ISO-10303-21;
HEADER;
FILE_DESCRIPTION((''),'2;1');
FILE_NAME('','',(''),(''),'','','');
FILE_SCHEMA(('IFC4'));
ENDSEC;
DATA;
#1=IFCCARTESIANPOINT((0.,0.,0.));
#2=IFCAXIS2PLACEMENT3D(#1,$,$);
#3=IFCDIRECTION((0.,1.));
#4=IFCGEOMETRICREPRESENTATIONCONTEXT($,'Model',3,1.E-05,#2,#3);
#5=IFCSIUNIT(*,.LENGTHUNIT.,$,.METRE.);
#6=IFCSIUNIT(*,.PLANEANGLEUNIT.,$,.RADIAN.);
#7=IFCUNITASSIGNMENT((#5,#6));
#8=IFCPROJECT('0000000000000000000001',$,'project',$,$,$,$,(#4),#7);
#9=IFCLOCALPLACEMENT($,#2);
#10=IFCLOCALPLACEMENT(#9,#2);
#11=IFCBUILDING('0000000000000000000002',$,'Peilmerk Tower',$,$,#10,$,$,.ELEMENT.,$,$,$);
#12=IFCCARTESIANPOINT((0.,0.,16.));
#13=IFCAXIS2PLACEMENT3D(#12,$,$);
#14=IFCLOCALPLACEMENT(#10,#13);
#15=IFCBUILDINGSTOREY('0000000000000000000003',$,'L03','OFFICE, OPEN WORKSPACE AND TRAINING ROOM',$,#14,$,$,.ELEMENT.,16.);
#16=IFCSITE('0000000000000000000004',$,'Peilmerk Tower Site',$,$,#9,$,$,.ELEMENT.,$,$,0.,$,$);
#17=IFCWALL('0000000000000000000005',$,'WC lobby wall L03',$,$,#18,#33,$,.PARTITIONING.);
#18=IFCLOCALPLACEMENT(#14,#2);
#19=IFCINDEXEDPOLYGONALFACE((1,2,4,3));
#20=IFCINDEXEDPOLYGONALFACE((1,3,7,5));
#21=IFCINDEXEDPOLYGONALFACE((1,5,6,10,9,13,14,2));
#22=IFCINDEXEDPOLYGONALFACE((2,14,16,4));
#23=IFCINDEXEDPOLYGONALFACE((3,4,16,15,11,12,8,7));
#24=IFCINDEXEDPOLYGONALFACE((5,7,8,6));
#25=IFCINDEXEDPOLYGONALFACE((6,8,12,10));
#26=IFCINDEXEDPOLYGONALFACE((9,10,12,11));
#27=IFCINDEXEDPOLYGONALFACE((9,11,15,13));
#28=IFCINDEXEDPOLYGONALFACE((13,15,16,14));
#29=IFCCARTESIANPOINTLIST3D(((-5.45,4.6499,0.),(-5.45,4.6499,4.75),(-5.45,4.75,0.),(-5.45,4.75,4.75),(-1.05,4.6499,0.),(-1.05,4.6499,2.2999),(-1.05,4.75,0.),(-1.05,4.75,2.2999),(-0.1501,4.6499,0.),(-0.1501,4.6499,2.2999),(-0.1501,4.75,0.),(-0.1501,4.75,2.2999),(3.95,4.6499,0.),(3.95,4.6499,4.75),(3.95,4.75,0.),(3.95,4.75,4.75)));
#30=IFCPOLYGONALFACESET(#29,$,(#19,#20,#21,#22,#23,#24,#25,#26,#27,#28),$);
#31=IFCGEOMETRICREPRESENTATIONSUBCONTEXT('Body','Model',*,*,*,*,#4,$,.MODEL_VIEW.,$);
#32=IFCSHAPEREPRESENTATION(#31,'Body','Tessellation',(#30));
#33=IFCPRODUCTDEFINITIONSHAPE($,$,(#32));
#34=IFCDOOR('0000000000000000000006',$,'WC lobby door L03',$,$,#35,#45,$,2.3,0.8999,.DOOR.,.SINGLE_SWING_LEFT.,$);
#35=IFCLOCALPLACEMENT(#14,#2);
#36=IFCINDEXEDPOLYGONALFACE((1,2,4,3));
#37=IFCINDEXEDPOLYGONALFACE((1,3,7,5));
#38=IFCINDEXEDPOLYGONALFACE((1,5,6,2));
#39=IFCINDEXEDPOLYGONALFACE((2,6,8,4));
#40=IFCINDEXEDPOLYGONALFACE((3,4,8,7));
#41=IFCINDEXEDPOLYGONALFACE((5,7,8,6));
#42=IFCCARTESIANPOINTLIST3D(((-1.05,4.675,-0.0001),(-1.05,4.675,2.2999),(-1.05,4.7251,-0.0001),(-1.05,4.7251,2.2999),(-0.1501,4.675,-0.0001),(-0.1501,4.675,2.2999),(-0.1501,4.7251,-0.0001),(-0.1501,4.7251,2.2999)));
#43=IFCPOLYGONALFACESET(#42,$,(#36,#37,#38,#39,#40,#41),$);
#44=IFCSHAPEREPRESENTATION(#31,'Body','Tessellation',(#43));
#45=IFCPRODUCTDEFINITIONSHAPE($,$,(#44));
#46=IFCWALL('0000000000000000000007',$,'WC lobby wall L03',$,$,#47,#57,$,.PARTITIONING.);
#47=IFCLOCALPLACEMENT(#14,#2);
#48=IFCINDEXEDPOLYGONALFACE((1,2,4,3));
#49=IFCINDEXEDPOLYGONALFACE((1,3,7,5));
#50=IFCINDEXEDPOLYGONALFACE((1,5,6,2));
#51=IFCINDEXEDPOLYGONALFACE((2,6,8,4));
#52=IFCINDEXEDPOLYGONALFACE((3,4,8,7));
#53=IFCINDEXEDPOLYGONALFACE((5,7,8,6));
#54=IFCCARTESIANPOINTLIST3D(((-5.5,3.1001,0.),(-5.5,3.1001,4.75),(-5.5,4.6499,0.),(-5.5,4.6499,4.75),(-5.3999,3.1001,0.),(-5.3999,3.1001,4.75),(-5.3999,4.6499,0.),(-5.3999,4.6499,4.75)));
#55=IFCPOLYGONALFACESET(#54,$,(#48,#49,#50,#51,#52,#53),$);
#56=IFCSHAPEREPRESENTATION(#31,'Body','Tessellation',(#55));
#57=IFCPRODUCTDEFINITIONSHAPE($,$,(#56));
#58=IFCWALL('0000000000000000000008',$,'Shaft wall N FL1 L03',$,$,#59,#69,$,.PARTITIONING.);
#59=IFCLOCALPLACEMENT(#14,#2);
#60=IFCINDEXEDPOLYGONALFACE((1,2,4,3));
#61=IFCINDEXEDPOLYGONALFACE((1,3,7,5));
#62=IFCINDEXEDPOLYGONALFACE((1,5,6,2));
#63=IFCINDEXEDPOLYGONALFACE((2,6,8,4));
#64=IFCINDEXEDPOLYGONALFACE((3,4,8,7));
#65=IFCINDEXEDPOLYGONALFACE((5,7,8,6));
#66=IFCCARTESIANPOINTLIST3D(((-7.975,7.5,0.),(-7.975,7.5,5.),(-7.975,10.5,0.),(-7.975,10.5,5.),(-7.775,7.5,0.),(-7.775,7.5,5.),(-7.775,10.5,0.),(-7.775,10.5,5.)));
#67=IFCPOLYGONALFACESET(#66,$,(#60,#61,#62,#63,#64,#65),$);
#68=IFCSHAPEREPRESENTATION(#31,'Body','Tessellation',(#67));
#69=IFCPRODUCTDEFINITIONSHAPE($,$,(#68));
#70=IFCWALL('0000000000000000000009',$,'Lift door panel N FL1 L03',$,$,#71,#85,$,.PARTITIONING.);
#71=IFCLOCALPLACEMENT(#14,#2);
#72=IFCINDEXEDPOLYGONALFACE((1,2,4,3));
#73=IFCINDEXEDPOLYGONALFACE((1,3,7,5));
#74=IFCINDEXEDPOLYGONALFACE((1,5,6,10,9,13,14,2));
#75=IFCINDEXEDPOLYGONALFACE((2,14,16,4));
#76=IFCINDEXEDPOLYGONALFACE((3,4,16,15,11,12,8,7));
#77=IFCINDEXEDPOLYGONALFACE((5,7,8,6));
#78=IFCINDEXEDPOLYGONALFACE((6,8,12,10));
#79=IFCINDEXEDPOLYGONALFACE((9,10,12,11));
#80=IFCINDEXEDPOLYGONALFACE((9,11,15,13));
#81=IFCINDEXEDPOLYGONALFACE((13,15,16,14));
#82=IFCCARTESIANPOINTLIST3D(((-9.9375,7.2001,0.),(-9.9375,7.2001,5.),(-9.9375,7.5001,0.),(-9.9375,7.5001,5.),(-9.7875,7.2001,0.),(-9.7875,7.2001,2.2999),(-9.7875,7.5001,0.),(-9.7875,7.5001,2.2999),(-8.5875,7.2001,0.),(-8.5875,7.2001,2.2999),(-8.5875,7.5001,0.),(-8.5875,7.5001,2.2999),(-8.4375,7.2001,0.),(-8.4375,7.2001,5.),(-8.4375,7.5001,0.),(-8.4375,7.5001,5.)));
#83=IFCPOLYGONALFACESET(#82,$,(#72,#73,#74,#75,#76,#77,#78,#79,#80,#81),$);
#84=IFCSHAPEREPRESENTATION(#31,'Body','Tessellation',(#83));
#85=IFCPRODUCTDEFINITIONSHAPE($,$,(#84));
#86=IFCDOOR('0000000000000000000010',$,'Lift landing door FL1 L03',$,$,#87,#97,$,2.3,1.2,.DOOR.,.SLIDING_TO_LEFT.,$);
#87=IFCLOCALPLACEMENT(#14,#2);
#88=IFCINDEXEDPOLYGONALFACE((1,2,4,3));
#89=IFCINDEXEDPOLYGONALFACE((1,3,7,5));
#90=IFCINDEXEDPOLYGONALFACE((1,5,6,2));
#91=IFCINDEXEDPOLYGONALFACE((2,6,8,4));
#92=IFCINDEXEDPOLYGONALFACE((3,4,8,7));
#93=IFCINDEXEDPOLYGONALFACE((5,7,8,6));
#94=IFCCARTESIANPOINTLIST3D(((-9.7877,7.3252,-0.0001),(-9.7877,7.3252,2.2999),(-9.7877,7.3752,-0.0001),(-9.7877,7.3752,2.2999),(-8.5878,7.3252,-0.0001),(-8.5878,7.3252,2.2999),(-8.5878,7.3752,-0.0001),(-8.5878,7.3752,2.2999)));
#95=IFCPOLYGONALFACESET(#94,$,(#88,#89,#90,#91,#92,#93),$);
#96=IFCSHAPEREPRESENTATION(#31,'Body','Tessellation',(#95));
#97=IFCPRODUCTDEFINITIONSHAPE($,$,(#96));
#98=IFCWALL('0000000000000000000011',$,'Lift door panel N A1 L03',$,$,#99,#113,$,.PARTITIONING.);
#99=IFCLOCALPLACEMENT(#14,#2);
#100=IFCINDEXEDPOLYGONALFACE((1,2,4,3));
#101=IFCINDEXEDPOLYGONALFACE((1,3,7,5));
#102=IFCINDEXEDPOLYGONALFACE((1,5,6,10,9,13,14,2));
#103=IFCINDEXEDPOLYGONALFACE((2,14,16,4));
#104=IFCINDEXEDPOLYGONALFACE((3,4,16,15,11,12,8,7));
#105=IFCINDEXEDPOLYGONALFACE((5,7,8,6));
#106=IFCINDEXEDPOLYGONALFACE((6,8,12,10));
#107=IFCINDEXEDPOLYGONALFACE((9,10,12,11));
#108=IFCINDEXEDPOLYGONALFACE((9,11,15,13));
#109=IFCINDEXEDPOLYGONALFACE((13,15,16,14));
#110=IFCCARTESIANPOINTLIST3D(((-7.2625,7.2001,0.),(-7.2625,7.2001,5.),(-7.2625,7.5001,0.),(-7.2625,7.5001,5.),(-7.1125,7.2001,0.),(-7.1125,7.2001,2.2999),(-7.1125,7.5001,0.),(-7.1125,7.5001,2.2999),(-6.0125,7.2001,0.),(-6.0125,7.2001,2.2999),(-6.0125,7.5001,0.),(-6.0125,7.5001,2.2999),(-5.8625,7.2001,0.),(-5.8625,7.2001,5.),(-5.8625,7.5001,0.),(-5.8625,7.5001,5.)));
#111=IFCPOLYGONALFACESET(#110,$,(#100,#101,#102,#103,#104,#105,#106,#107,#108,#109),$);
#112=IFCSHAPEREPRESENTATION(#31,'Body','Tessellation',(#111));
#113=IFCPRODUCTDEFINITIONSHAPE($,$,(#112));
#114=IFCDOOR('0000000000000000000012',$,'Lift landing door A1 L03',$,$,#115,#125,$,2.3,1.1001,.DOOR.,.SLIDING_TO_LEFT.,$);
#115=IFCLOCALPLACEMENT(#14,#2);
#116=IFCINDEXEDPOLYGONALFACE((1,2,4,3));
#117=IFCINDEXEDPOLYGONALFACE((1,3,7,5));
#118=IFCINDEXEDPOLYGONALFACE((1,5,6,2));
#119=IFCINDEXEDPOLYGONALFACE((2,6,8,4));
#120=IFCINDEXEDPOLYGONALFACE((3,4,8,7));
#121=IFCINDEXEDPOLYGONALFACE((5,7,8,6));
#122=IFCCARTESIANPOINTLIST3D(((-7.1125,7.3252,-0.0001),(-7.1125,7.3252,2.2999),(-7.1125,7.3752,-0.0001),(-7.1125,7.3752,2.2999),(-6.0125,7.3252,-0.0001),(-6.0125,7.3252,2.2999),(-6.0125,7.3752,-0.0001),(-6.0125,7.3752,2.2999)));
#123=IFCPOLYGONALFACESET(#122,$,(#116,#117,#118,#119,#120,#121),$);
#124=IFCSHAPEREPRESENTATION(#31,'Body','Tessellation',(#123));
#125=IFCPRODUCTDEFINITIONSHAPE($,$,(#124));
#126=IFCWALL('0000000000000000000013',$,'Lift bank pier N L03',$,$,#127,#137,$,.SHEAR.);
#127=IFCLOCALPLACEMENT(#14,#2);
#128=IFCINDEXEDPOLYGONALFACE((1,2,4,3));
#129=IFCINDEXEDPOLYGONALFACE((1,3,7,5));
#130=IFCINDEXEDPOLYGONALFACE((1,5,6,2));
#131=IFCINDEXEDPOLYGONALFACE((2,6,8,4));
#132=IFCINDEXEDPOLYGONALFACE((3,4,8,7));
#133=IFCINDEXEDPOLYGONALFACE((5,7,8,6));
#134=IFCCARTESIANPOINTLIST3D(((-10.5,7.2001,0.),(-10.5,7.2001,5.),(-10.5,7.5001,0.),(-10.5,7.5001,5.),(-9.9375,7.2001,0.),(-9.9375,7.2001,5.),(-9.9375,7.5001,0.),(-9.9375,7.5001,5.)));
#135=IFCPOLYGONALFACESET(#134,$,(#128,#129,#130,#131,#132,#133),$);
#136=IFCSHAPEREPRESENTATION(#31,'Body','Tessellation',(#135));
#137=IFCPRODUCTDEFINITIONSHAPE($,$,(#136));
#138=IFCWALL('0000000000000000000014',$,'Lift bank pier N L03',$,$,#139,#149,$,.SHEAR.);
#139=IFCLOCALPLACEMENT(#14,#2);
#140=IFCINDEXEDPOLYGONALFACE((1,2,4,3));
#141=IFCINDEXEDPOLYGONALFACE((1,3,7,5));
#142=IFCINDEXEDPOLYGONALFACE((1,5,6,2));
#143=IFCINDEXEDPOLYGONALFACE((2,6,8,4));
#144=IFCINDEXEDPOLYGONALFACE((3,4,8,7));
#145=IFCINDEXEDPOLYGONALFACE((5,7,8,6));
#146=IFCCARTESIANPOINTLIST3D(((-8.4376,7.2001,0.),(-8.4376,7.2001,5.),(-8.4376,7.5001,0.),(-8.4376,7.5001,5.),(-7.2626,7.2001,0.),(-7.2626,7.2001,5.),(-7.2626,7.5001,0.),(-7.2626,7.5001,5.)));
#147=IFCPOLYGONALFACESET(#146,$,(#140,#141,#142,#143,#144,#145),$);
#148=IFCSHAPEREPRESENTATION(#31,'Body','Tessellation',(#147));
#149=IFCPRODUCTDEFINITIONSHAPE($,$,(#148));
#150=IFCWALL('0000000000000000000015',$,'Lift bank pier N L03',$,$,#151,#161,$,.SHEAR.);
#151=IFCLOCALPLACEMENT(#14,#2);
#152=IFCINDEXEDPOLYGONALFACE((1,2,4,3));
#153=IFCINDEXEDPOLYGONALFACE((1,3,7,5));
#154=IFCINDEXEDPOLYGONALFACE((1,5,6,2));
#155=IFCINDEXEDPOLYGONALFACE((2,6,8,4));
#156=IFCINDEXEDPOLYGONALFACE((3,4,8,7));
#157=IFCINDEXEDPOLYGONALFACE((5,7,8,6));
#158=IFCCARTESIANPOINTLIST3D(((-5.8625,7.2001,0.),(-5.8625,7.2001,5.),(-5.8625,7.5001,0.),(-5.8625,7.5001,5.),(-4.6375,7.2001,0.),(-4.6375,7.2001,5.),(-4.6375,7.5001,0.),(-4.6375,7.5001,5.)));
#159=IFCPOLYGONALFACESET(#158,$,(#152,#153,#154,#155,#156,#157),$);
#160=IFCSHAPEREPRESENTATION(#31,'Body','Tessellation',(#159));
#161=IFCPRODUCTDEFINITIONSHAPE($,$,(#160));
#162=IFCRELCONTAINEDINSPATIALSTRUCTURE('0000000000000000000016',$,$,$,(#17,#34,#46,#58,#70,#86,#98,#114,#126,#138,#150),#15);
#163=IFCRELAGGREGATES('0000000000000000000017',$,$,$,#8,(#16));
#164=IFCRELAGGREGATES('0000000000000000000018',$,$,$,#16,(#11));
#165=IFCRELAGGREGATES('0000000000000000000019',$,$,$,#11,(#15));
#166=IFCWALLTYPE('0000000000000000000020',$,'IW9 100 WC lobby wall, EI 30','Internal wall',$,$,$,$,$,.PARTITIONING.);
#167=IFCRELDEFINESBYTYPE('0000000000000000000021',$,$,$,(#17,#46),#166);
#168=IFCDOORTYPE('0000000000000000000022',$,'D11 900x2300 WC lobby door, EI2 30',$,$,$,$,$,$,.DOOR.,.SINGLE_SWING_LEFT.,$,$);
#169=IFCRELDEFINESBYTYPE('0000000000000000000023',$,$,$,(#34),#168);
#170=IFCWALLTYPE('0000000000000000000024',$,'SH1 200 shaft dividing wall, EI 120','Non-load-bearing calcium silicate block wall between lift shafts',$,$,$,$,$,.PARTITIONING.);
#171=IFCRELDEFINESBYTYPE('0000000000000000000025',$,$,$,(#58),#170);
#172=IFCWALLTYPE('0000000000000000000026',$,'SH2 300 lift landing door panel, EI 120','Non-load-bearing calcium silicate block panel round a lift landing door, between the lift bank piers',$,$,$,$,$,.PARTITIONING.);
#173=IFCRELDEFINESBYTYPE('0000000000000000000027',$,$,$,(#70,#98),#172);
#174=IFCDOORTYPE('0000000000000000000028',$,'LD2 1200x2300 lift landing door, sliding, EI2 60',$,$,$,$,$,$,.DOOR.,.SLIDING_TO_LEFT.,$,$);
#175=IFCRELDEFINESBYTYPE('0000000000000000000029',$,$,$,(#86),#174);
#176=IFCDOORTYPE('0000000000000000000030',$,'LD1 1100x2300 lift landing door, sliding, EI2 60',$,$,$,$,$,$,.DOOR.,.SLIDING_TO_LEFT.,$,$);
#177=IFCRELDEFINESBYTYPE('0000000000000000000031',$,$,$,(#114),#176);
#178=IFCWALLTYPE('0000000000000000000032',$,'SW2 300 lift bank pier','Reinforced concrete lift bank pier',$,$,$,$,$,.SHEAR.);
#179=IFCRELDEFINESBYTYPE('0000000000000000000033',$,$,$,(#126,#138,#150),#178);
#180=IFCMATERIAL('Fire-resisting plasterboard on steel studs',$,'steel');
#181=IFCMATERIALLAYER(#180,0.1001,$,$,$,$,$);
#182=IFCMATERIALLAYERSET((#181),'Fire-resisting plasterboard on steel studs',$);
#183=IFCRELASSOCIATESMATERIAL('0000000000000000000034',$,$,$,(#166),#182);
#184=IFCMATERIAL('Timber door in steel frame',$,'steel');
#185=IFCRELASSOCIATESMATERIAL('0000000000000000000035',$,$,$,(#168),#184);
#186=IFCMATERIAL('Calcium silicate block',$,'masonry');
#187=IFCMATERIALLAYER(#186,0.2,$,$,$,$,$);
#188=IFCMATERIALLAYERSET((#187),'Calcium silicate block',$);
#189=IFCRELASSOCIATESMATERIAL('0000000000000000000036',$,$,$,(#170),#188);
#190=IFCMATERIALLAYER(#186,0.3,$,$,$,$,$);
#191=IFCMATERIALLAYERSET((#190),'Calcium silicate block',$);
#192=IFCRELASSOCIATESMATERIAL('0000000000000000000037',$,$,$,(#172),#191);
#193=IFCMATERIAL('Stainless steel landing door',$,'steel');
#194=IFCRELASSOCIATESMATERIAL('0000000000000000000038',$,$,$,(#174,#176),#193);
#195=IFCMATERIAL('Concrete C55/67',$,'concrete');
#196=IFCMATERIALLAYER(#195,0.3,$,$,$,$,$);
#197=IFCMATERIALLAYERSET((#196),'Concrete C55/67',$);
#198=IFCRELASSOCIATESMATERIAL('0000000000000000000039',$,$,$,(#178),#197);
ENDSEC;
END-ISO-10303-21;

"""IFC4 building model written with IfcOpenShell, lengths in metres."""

from ifc_helpers import new_model, si_unit, direction, frame, frame_2d, origin, place, context, subcontext, project, spatial, rectangle, extrude, material, layer, layer_set, type_object, element, fill, save


model = new_model("IFC4")

# Units and contexts
model_context = context("Model", 3, precision=1e-05, world=origin(), true_north=direction((0.0, 1.0)))
body_context = subcontext(model_context, "Body", "Model", "MODEL_VIEW")
ifc_project = project(units=[si_unit("LENGTHUNIT", "METRE"), si_unit("PLANEANGLEUNIT", "RADIAN")], contexts=[model_context])

# Site, building, storey
site_placement = place(None, origin())
site = spatial("IfcSite", under=ifc_project, at=site_placement, Name="Peilmerk Tower Site", CompositionType="ELEMENT", RefElevation=0.0)
building_placement = place(site_placement, origin())
building = spatial("IfcBuilding", under=site, at=building_placement, Name="Peilmerk Tower", CompositionType="ELEMENT")
storey_placement = place(building_placement, frame((0.0, 0.0, 16.0)))
storey = spatial("IfcBuildingStorey", under=building, at=storey_placement, Name="L03", Description="OFFICE, OPEN WORKSPACE AND TRAINING ROOM", CompositionType="ELEMENT", Elevation=16.0)

# Shared definitions
ifc_material_1 = material(Name="Timber door in steel frame", Category="steel")

# Shared definitions
ifc_material_2 = material(Name="Calcium silicate block", Category="masonry")

# Wall, opening, door
ifc_material_3 = material(Name="Fire-resisting plasterboard on steel studs", Category="steel")
ifc_layer_1 = layer(ifc_material_3, 0.1001)
ifc_layer_set_1 = layer_set([ifc_layer_1], Name="Fire-resisting plasterboard on steel studs")
wall_type_1 = type_object("IfcWallType", Name="IW9 100 WC lobby wall, EI 30", Description="Internal wall", PredefinedType="PARTITIONING", material=ifc_layer_set_1)
wall_1_placement = place(storey_placement, frame((-5.45, 4.7, 0.0), z_axis=(0.0, 0.0, 1.0), x_axis=(1.0, 0.0, 0.0)))
wall_1 = element("IfcWall", 1, at=wall_1_placement, inside=storey, type_object=wall_type_1, Name="WC lobby wall L03", PredefinedType="PARTITIONING", context=body_context, shape_type="SweptSolid", body=[
    extrude(rectangle(XDim=9.3999, YDim=0.1001, at=frame_2d((4.7, 0.0))), origin(), (0.0, 0.0, 1.0), 4.75),
])
opening_1_placement = place(wall_1_placement, frame((4.3999, 0.0, 0.0)))
opening_1 = element("IfcOpeningElement", 2, at=opening_1_placement, cuts=wall_1, PredefinedType="OPENING", context=body_context, shape_type="SweptSolid", body=[
    extrude(rectangle(XDim=0.8999, YDim=2.3, at=frame_2d((0.45, 1.1499))), frame((0.0, 0.0601, 0.0), z_axis=(0.0, -1.0, 0.0), x_axis=(1.0, 0.0, 0.0)), (0.0, 0.0, 1.0), 0.1201),
])
door_type_1 = type_object("IfcDoorType", Name="D11 900x2300 WC lobby door, EI2 30", OperationType="SINGLE_SWING_LEFT", PredefinedType="DOOR", material=ifc_material_1)
door_1_placement = place(opening_1_placement, frame((0.8999, 0.0, 0.0), z_axis=(0.0, 0.0, 1.0), x_axis=(-1.0, 0.0, 0.0)))
door_1 = element("IfcDoor", 3, at=door_1_placement, inside=storey, type_object=door_type_1, Name="WC lobby door L03", OperationType="SINGLE_SWING_LEFT", OverallHeight=2.3, OverallWidth=0.8999, PredefinedType="DOOR", context=body_context, shape_type="SweptSolid", body=[
    extrude(rectangle(XDim=0.8999, YDim=2.3, at=frame_2d((0.45, 1.1499))), frame((0.0, 0.0249, 0.0), z_axis=(0.0, -1.0, 0.0), x_axis=(1.0, 0.0, 0.0)), (0.0, 0.0, 1.0), 0.05),
])
fill(opening_1, door_1)

# Walls
wall_2_placement = place(storey_placement, frame((-5.45, 3.1001, 0.0), z_axis=(0.0, 0.0, 1.0), x_axis=(0.0, 1.0, 0.0)))
element("IfcWall", 4, at=wall_2_placement, inside=storey, type_object=wall_type_1, Name="WC lobby wall L03", PredefinedType="PARTITIONING", context=body_context, shape_type="SweptSolid", body=[
    extrude(rectangle(XDim=1.5498, YDim=0.1001, at=frame_2d((0.7749, 0.0))), origin(), (0.0, 0.0, 1.0), 4.75),
])
ifc_layer_2 = layer(ifc_material_2, 0.2)
ifc_layer_set_2 = layer_set([ifc_layer_2], Name="Calcium silicate block")
wall_type_2 = type_object("IfcWallType", Name="SH1 200 shaft dividing wall, EI 120", Description="Non-load-bearing calcium silicate block wall between lift shafts", PredefinedType="PARTITIONING", material=ifc_layer_set_2)
wall_3_placement = place(storey_placement, frame((-7.875, 7.5, 0.0), z_axis=(0.0, 0.0, 1.0), x_axis=(0.0, 1.0, 0.0)))
element("IfcWall", 5, at=wall_3_placement, inside=storey, type_object=wall_type_2, Name="Shaft wall N FL1 L03", PredefinedType="PARTITIONING", context=body_context, shape_type="SweptSolid", body=[
    extrude(rectangle(XDim=3.0, YDim=0.2, at=frame_2d((1.5, 0.0))), origin(), (0.0, 0.0, 1.0), 5.0),
])

# Walls, openings, doors
ifc_layer_3 = layer(ifc_material_2, 0.3)
ifc_layer_set_3 = layer_set([ifc_layer_3], Name="Calcium silicate block")
wall_type_3 = type_object("IfcWallType", Name="SH2 300 lift landing door panel, EI 120", Description="Non-load-bearing calcium silicate block panel round a lift landing door, between the lift bank piers", PredefinedType="PARTITIONING", material=ifc_layer_set_3)
wall_4_placement = place(storey_placement, frame((-9.9375, 7.3501, 0.0), z_axis=(0.0, 0.0, 1.0), x_axis=(1.0, 0.0, 0.0)))
wall_4 = element("IfcWall", 6, at=wall_4_placement, inside=storey, type_object=wall_type_3, Name="Lift door panel N FL1 L03", PredefinedType="PARTITIONING", context=body_context, shape_type="SweptSolid", body=[
    extrude(rectangle(XDim=1.5, YDim=0.3, at=frame_2d((0.75, 0.0))), origin(), (0.0, 0.0, 1.0), 5.0),
])
opening_2_placement = place(wall_4_placement, frame((0.1499, 0.0, 0.0)))
opening_2 = element("IfcOpeningElement", 7, at=opening_2_placement, cuts=wall_4, PredefinedType="OPENING", context=body_context, shape_type="SweptSolid", body=[
    extrude(rectangle(XDim=1.2, YDim=2.3, at=frame_2d((0.6001, 1.1499))), frame((0.0, 0.1599, 0.0), z_axis=(0.0, -1.0, 0.0), x_axis=(1.0, 0.0, 0.0)), (0.0, 0.0, 1.0), 0.3201),
])
ifc_material_4 = material(Name="Stainless steel landing door", Category="steel")
door_type_2 = type_object("IfcDoorType", Name="LD2 1200x2300 lift landing door, sliding, EI2 60", OperationType="SLIDING_TO_LEFT", PredefinedType="DOOR", material=ifc_material_4)
door_2_placement = place(opening_2_placement, frame((1.2, 0.0, 0.0), z_axis=(0.0, 0.0, 1.0), x_axis=(-1.0, 0.0, 0.0)))
door_2 = element("IfcDoor", 8, at=door_2_placement, inside=storey, type_object=door_type_2, Name="Lift landing door FL1 L03", OperationType="SLIDING_TO_LEFT", OverallHeight=2.3, OverallWidth=1.2, PredefinedType="DOOR", context=body_context, shape_type="SweptSolid", body=[
    extrude(rectangle(XDim=1.2, YDim=2.3, at=frame_2d((0.6001, 1.1499))), frame((0.0, 0.0249, 0.0), z_axis=(0.0, -1.0, 0.0), x_axis=(1.0, 0.0, 0.0)), (0.0, 0.0, 1.0), 0.05),
])
fill(opening_2, door_2)
wall_5_placement = place(storey_placement, frame((-7.2625, 7.3501, 0.0), z_axis=(0.0, 0.0, 1.0), x_axis=(1.0, 0.0, 0.0)))
wall_5 = element("IfcWall", 9, at=wall_5_placement, inside=storey, type_object=wall_type_3, Name="Lift door panel N A1 L03", PredefinedType="PARTITIONING", context=body_context, shape_type="SweptSolid", body=[
    extrude(rectangle(XDim=1.3999, YDim=0.3, at=frame_2d((0.7, 0.0))), origin(), (0.0, 0.0, 1.0), 5.0),
])
opening_3_placement = place(wall_5_placement, frame((0.1499, 0.0, 0.0)))
opening_3 = element("IfcOpeningElement", 10, at=opening_3_placement, cuts=wall_5, PredefinedType="OPENING", context=body_context, shape_type="SweptSolid", body=[
    extrude(rectangle(XDim=1.1001, YDim=2.3, at=frame_2d((0.55, 1.1499))), frame((0.0, 0.1599, 0.0), z_axis=(0.0, -1.0, 0.0), x_axis=(1.0, 0.0, 0.0)), (0.0, 0.0, 1.0), 0.3201),
])
door_type_3 = type_object("IfcDoorType", Name="LD1 1100x2300 lift landing door, sliding, EI2 60", OperationType="SLIDING_TO_LEFT", PredefinedType="DOOR", material=ifc_material_4)
door_3_placement = place(opening_3_placement, frame((1.1001, 0.0, 0.0), z_axis=(0.0, 0.0, 1.0), x_axis=(-1.0, 0.0, 0.0)))
door_3 = element("IfcDoor", 11, at=door_3_placement, inside=storey, type_object=door_type_3, Name="Lift landing door A1 L03", OperationType="SLIDING_TO_LEFT", OverallHeight=2.3, OverallWidth=1.1001, PredefinedType="DOOR", context=body_context, shape_type="SweptSolid", body=[
    extrude(rectangle(XDim=1.1001, YDim=2.3, at=frame_2d((0.55, 1.1499))), frame((0.0, 0.0249, 0.0), z_axis=(0.0, -1.0, 0.0), x_axis=(1.0, 0.0, 0.0)), (0.0, 0.0, 1.0), 0.05),
])
fill(opening_3, door_3)

# Walls
ifc_material_5 = material(Name="Concrete C55/67", Category="concrete")
ifc_layer_4 = layer(ifc_material_5, 0.3)
ifc_layer_set_4 = layer_set([ifc_layer_4], Name="Concrete C55/67")
wall_type_4 = type_object("IfcWallType", Name="SW2 300 lift bank pier", Description="Reinforced concrete lift bank pier", PredefinedType="SHEAR", material=ifc_layer_set_4)
wall_6_placement = place(storey_placement, frame((-10.5, 7.3501, 0.0), z_axis=(0.0, 0.0, 1.0), x_axis=(1.0, 0.0, 0.0)))
element("IfcWall", 12, at=wall_6_placement, inside=storey, type_object=wall_type_4, Name="Lift bank pier N L03", PredefinedType="SHEAR", context=body_context, shape_type="SweptSolid", body=[
    extrude(rectangle(XDim=0.5625, YDim=0.3, at=frame_2d((0.2812, 0.0))), origin(), (0.0, 0.0, 1.0), 5.0),
])
wall_7_placement = place(storey_placement, frame((-8.4375, 7.3501, 0.0), z_axis=(0.0, 0.0, 1.0), x_axis=(1.0, 0.0, 0.0)))
element("IfcWall", 13, at=wall_7_placement, inside=storey, type_object=wall_type_4, Name="Lift bank pier N L03", PredefinedType="SHEAR", context=body_context, shape_type="SweptSolid", body=[
    extrude(rectangle(XDim=1.175, YDim=0.3, at=frame_2d((0.5874, 0.0))), origin(), (0.0, 0.0, 1.0), 5.0),
])
wall_8_placement = place(storey_placement, frame((-5.8625, 7.3501, 0.0), z_axis=(0.0, 0.0, 1.0), x_axis=(1.0, 0.0, 0.0)))
element("IfcWall", 14, at=wall_8_placement, inside=storey, type_object=wall_type_4, Name="Lift bank pier N L03", PredefinedType="SHEAR", context=body_context, shape_type="SweptSolid", body=[
    extrude(rectangle(XDim=1.2251, YDim=0.3, at=frame_2d((0.6125, 0.0))), origin(), (0.0, 0.0, 1.0), 5.0),
])

save(model, "model.ifc")
